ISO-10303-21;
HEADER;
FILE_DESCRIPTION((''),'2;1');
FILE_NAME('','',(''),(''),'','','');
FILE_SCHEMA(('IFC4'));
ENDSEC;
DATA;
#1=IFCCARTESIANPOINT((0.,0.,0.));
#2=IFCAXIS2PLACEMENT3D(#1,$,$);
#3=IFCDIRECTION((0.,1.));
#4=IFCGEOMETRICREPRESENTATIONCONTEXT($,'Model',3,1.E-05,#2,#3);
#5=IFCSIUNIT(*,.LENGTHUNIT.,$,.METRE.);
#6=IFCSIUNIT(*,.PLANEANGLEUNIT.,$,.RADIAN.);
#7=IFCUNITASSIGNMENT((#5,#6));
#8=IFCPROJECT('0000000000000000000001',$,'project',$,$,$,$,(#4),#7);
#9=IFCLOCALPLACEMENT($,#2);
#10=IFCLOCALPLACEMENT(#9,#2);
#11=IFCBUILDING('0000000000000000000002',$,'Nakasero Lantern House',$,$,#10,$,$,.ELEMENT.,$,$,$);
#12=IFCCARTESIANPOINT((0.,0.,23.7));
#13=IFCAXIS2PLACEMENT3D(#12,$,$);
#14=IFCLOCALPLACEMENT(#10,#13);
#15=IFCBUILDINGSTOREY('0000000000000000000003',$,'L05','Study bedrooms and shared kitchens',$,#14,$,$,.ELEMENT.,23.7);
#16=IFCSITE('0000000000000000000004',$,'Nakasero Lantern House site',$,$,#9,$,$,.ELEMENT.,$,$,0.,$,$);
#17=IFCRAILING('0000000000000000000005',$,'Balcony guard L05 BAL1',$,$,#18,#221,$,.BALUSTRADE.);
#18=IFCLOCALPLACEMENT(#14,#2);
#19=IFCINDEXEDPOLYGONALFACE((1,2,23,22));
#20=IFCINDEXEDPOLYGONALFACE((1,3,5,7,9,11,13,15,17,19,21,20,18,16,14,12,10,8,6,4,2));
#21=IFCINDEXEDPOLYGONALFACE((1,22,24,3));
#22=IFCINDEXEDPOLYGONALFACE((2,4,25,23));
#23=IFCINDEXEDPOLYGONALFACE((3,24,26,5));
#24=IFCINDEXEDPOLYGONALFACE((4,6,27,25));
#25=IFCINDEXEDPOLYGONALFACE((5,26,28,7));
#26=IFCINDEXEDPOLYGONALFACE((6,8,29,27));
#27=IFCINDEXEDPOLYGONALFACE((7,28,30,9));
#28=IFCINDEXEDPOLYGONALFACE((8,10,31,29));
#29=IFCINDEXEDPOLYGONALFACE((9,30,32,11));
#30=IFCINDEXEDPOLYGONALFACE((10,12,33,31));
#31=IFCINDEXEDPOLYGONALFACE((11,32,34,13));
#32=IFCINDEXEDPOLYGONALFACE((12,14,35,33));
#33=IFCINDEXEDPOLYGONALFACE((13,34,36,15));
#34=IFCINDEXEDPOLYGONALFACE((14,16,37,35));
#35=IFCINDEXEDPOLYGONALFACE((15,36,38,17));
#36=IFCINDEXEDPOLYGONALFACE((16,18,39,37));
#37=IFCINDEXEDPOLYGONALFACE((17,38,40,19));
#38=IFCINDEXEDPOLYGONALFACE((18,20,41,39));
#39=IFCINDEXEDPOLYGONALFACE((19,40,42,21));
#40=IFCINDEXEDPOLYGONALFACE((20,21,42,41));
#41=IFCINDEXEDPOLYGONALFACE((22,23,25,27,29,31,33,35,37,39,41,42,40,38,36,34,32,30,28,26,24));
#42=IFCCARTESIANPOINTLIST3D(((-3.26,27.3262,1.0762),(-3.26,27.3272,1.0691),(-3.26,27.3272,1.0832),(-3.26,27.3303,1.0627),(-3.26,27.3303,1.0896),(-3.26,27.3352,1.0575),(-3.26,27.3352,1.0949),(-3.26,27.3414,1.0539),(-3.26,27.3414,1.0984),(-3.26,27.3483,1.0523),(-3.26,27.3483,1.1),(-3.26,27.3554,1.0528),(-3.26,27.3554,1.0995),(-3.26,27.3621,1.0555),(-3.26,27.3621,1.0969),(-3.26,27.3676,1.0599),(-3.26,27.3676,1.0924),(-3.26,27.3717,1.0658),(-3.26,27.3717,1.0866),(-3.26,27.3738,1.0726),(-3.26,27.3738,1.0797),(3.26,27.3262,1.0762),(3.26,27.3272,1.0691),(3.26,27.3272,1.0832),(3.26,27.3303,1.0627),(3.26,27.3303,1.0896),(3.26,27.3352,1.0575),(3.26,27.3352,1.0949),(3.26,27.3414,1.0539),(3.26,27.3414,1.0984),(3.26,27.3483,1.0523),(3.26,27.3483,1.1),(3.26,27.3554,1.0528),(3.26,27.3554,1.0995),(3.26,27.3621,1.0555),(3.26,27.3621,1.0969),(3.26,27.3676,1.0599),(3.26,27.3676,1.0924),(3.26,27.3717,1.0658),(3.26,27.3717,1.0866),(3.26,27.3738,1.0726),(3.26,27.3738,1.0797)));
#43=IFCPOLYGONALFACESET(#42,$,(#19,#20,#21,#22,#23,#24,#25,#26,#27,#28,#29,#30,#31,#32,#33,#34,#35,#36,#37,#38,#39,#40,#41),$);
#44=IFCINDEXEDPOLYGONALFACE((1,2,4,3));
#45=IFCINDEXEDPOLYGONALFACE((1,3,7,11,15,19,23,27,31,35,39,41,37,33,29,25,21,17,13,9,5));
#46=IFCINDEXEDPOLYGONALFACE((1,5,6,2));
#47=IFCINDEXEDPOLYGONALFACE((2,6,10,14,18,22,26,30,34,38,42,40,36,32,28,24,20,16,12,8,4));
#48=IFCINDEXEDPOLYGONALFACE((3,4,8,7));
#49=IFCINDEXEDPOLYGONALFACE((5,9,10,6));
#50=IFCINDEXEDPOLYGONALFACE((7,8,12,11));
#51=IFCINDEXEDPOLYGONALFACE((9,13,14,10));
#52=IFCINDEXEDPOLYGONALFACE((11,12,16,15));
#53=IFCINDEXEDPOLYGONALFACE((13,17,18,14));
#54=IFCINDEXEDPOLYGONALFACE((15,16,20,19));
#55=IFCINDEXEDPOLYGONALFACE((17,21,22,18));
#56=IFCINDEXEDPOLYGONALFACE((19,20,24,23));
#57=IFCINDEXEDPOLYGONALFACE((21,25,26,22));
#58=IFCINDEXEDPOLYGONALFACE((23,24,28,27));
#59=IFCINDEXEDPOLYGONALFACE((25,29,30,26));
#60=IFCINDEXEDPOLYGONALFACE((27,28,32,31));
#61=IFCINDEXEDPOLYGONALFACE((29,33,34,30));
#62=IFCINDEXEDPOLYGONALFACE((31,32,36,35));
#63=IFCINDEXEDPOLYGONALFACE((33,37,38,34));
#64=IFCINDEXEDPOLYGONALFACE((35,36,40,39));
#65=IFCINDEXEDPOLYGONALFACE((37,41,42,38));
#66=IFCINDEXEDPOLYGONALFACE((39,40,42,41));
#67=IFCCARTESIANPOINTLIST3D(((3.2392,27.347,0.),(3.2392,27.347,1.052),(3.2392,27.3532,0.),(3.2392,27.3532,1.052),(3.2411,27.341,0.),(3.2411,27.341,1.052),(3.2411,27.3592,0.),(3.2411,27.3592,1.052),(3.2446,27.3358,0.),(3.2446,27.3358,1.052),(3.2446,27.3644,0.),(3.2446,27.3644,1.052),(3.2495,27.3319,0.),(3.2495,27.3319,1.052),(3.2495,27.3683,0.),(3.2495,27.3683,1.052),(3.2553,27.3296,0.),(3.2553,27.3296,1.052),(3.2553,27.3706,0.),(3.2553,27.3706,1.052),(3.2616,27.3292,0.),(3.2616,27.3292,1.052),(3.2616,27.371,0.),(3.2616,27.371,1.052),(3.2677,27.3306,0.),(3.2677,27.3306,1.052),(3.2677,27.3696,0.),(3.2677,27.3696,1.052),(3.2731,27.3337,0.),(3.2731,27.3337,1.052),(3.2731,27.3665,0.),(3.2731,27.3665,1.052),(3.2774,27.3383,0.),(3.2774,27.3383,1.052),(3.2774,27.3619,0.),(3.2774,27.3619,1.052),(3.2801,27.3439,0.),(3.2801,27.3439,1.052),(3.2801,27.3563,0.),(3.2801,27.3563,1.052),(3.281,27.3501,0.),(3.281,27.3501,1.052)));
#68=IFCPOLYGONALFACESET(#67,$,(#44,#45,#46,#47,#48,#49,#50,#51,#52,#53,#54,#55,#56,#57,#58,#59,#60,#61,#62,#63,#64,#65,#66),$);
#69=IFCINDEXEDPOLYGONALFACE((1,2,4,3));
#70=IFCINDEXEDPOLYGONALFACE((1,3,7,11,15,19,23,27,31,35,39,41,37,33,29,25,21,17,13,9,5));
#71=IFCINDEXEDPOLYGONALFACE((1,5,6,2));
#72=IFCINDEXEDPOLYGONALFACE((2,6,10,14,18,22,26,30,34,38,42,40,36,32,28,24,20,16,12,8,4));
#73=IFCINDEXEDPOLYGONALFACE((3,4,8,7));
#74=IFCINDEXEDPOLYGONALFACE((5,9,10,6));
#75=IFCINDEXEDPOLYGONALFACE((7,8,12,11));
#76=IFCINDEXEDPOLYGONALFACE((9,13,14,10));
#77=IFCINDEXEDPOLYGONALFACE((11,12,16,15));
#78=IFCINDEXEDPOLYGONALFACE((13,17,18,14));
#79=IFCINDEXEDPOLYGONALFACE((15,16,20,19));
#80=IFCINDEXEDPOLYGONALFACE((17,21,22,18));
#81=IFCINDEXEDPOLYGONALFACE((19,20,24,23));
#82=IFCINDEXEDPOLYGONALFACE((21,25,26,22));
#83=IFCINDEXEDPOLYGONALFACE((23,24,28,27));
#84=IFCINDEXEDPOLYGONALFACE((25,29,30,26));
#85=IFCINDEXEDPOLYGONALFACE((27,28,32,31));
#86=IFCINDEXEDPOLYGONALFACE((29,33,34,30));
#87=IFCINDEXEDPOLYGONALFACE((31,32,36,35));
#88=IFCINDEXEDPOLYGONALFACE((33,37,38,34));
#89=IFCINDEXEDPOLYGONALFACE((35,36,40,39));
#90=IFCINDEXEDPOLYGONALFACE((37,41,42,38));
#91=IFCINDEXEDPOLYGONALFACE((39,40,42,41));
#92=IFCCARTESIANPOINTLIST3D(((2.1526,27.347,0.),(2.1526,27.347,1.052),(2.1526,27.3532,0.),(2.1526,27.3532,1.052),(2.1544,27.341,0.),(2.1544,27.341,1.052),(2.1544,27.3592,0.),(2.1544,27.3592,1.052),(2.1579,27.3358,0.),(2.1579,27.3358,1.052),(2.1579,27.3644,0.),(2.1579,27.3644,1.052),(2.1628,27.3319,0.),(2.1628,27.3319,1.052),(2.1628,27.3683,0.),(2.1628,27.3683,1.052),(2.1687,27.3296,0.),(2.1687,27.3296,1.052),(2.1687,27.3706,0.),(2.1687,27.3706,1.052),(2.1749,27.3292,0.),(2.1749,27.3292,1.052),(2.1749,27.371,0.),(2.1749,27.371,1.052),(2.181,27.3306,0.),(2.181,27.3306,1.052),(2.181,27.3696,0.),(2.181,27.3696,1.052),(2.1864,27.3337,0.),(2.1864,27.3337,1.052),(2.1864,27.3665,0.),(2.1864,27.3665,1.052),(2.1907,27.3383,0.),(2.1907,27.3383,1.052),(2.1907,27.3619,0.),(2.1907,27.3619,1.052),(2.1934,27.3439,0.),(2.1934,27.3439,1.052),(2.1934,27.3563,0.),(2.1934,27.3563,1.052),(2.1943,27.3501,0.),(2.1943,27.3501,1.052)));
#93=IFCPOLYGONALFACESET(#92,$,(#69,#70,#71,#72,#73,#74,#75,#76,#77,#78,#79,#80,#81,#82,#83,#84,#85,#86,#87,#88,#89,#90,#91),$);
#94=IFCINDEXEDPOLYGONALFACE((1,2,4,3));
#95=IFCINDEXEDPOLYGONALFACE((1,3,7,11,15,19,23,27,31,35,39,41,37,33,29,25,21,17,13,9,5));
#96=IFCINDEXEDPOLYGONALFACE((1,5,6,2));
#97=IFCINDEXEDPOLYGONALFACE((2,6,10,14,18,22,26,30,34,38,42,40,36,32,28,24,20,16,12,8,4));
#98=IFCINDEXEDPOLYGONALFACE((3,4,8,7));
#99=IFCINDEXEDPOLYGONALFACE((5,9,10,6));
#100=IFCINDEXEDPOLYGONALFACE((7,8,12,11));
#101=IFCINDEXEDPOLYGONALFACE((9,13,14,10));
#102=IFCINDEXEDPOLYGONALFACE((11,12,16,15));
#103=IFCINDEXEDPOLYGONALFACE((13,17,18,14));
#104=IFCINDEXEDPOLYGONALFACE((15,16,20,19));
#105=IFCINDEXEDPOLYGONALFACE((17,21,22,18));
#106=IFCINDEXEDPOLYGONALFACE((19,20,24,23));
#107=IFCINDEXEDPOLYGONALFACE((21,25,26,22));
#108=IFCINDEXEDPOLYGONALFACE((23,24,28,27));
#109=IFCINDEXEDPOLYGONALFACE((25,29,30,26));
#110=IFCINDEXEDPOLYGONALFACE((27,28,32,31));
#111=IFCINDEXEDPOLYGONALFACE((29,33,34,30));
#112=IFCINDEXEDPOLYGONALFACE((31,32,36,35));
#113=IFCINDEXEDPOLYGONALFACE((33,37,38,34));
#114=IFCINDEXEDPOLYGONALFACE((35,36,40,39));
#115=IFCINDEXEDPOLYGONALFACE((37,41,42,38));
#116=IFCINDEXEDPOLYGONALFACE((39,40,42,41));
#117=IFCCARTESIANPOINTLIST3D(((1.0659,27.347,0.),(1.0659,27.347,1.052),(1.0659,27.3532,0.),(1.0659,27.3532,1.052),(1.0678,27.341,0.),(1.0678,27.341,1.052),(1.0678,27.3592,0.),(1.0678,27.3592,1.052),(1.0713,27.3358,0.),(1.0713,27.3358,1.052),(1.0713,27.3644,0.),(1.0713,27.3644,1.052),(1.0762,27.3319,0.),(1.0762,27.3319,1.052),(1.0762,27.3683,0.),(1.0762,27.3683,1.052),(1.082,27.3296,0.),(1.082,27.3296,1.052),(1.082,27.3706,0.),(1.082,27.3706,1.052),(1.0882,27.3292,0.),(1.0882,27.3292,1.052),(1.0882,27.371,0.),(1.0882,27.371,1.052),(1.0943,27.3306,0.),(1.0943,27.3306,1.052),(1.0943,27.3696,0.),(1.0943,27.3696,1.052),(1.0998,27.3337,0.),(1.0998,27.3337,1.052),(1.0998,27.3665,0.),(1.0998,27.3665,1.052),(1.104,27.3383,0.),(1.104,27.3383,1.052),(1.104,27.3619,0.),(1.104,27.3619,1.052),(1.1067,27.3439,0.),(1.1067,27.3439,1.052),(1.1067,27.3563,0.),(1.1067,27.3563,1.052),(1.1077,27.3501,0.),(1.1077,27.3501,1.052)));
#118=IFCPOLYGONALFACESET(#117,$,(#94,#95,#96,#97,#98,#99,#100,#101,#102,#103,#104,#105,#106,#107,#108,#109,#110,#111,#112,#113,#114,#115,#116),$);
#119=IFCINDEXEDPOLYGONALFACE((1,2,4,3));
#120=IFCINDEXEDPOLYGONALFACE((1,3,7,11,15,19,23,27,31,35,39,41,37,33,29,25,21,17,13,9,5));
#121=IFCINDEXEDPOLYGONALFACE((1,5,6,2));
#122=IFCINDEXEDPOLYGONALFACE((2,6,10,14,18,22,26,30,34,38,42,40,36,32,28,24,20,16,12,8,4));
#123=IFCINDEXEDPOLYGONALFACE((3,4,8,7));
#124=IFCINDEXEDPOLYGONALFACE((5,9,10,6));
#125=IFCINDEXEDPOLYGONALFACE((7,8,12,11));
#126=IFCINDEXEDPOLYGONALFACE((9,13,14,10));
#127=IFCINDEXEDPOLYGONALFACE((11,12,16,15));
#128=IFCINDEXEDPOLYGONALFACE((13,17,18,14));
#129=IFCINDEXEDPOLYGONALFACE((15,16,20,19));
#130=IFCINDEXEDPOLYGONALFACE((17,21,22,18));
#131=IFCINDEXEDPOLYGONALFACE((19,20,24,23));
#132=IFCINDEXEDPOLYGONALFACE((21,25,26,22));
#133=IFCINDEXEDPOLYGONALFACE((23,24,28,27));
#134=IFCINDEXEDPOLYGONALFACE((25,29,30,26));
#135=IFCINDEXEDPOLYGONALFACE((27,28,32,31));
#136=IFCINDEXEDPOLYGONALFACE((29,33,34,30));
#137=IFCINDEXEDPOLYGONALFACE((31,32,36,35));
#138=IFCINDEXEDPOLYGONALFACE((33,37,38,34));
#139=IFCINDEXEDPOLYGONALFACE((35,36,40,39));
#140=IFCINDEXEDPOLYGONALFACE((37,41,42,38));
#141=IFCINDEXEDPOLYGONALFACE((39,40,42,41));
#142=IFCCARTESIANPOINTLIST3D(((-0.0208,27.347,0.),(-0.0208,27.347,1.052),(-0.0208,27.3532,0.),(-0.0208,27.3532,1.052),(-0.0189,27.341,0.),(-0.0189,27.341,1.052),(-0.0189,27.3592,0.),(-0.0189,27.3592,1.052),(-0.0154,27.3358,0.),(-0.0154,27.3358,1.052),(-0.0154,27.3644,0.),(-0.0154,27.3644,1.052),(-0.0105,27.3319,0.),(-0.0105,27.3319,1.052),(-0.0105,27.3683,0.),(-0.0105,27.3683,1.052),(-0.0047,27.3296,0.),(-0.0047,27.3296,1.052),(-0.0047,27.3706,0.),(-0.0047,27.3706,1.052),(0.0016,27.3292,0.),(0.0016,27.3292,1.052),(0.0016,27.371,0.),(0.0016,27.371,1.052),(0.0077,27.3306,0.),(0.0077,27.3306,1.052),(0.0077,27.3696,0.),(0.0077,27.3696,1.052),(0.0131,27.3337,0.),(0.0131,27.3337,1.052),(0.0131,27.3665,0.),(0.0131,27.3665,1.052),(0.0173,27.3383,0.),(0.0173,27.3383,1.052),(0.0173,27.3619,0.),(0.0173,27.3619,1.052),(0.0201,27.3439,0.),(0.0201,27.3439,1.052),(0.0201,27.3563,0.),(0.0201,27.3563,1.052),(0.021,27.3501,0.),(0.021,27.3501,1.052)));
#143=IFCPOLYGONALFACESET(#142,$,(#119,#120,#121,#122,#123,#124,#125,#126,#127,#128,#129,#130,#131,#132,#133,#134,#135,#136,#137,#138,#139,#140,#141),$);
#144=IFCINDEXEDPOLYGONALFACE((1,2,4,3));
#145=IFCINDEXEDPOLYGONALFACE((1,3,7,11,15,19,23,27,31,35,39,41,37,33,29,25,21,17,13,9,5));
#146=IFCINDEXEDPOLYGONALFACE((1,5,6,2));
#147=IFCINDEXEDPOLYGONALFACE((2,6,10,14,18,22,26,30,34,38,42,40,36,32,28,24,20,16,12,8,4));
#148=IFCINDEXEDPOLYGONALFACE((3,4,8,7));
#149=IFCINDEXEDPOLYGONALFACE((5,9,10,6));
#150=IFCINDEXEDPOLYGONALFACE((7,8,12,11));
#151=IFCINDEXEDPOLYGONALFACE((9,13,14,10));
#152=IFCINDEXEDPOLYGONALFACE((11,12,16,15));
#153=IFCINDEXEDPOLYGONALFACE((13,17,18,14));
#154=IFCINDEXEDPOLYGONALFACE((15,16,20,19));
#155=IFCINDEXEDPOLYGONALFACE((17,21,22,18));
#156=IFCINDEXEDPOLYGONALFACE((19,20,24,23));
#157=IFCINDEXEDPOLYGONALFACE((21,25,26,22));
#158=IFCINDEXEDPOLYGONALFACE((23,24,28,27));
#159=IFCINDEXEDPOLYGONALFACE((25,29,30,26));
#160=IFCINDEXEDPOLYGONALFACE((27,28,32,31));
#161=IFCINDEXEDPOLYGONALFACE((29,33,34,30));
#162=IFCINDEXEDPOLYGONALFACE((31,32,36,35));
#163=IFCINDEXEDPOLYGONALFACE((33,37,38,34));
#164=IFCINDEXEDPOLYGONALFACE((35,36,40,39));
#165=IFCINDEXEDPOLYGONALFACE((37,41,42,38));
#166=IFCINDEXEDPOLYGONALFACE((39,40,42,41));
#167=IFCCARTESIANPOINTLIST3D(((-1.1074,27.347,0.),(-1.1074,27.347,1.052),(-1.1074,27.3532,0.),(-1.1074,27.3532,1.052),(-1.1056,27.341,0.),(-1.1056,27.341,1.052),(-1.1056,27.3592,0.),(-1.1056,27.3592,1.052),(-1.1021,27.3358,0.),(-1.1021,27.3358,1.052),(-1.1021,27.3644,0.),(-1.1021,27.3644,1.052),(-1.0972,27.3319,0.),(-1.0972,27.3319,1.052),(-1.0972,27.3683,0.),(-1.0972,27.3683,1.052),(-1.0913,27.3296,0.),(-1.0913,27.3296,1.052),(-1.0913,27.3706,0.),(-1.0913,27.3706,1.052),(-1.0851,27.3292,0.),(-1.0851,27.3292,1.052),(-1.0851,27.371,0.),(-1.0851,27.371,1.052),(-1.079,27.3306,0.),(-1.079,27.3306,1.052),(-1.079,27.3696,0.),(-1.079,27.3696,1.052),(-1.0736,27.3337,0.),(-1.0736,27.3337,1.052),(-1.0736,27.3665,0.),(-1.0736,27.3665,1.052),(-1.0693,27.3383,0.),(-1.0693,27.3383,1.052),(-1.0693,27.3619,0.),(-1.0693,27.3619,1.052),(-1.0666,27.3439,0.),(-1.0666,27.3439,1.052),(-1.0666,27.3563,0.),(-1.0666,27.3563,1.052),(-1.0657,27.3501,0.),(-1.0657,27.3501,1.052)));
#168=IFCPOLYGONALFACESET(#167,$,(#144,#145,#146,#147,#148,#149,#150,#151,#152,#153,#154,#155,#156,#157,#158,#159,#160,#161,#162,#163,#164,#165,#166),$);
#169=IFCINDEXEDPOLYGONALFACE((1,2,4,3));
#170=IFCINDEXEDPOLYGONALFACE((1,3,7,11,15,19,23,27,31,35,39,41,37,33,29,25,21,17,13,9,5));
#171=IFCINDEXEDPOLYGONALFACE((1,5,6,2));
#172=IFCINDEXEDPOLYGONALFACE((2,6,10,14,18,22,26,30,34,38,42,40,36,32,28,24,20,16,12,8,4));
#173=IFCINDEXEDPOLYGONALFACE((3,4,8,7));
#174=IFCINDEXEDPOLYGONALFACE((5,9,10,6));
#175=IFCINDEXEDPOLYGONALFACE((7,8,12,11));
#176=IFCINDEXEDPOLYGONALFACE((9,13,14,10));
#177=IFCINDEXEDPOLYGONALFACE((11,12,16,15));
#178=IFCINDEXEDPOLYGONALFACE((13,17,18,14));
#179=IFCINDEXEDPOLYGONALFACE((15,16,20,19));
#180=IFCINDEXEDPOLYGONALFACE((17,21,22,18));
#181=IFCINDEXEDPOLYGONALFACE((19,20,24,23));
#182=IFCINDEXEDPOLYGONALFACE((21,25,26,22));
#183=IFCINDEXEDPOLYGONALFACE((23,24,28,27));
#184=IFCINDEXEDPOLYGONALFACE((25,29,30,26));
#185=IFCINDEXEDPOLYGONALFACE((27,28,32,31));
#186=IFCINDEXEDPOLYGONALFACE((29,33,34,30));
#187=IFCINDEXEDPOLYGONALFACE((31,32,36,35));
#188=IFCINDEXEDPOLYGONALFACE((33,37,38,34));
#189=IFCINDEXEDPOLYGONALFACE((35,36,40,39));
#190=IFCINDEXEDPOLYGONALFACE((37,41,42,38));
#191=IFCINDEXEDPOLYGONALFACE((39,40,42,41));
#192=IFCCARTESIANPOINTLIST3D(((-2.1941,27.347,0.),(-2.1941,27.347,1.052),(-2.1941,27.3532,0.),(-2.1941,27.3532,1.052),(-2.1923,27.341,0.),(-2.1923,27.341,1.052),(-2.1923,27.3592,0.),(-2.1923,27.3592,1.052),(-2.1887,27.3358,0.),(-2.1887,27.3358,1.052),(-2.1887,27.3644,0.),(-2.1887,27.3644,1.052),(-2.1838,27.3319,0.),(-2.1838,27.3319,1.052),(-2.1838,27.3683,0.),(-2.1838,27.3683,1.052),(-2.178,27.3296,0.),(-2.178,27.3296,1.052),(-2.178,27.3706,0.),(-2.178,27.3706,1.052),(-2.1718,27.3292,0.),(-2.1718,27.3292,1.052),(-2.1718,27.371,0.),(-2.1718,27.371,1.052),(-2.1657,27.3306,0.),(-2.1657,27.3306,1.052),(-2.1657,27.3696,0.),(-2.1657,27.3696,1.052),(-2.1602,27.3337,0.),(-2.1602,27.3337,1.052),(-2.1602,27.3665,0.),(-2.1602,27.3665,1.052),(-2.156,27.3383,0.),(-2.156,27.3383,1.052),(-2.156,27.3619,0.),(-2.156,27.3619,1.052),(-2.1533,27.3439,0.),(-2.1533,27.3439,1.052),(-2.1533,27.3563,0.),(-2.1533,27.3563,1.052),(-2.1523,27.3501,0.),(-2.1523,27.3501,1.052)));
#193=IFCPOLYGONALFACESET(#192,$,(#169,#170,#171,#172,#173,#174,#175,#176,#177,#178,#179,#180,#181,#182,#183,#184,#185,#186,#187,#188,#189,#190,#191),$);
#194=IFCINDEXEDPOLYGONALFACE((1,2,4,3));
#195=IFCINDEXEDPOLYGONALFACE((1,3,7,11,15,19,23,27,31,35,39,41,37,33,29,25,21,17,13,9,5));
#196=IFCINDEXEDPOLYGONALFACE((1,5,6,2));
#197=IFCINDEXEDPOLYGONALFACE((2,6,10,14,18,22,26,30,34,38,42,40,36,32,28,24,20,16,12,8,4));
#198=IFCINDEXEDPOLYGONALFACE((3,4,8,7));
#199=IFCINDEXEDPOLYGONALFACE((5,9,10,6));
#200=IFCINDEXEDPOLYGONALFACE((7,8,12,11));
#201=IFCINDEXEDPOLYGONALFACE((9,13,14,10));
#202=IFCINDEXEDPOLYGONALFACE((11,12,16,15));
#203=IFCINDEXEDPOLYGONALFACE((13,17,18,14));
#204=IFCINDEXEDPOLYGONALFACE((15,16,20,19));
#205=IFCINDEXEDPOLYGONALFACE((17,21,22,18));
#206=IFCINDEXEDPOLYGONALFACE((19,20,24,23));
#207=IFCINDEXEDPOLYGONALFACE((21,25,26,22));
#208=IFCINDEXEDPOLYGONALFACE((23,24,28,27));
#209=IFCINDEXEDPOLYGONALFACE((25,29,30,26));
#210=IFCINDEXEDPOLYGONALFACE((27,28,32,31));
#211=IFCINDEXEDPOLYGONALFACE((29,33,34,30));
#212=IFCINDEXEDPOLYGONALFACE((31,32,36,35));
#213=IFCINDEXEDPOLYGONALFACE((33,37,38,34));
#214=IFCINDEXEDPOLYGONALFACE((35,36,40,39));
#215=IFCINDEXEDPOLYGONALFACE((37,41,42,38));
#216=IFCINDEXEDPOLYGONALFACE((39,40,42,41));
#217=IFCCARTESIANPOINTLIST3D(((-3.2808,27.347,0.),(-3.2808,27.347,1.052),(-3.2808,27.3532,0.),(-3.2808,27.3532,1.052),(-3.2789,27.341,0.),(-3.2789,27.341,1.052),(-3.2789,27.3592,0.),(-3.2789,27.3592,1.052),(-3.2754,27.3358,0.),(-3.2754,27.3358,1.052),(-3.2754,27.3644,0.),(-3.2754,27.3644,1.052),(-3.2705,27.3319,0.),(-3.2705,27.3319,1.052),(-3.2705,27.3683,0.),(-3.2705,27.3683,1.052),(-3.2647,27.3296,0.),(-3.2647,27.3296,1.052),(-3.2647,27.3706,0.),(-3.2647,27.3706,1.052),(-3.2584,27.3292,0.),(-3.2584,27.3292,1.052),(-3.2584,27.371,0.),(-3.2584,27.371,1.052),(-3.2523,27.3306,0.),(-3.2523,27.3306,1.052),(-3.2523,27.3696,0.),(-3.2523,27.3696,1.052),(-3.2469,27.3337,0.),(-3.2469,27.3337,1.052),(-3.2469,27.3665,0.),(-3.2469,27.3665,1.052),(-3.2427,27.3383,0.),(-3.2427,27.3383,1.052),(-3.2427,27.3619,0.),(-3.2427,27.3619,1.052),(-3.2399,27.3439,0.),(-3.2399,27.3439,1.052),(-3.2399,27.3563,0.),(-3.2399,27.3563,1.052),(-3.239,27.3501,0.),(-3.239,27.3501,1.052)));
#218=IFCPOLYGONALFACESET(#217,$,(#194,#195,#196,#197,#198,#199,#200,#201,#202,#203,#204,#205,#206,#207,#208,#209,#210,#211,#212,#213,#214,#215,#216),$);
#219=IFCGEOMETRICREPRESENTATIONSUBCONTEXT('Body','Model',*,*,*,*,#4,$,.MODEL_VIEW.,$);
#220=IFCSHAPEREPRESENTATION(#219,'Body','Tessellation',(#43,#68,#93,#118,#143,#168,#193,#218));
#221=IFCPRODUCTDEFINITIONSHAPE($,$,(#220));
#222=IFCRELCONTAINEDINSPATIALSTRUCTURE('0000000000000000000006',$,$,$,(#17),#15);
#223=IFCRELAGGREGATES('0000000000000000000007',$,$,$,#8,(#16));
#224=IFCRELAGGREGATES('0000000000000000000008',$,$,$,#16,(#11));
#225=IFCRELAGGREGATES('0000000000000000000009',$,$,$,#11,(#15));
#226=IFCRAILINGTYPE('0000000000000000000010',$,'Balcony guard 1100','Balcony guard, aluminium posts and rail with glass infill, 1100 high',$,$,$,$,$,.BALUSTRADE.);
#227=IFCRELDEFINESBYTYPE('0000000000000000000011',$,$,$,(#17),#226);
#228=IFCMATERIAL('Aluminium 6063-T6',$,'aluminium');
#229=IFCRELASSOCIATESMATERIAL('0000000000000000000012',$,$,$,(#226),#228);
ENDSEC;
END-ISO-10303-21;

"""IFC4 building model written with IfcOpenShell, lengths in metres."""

from ifc_helpers import new_model, si_unit, direction, frame, origin, origin_2d, place, context, subcontext, project, spatial, circle, extrude, material, type_object, element, save


model = new_model("IFC4")

# Units and contexts
model_context = context("Model", 3, precision=1e-05, world=origin(), true_north=direction((0.0, 1.0)))
body_context = subcontext(model_context, "Body", "Model", "MODEL_VIEW")
ifc_project = project(units=[si_unit("LENGTHUNIT", "METRE"), si_unit("PLANEANGLEUNIT", "RADIAN")], contexts=[model_context])

# Site, building, storey
site_placement = place(None, origin())
site = spatial("IfcSite", under=ifc_project, at=site_placement, Name="Nakasero Lantern House site", CompositionType="ELEMENT", RefElevation=0.0)
building_placement = place(site_placement, origin())
building = spatial("IfcBuilding", under=site, at=building_placement, Name="Nakasero Lantern House", CompositionType="ELEMENT")
storey_placement = place(building_placement, frame((0.0, 0.0, 23.7)))
storey = spatial("IfcBuildingStorey", under=building, at=storey_placement, Name="L05", Description="Study bedrooms and shared kitchens", CompositionType="ELEMENT", Elevation=23.7)

# Railing
ifc_material_1 = material(Name="Aluminium 6063-T6", Category="aluminium")
railing_type = type_object("IfcRailingType", Name="Balcony guard 1100", Description="Balcony guard, aluminium posts and rail with glass infill, 1100 high", PredefinedType="BALUSTRADE", material=ifc_material_1)
railing_placement = place(storey_placement, frame((3.26, 27.3501, 0.0)))
element("IfcRailing", 1, at=railing_placement, inside=storey, type_object=railing_type, Name="Balcony guard L05 BAL1", PredefinedType="BALUSTRADE", context=body_context, shape_type="SweptSolid", body=[
    extrude(circle(Radius=0.0239, at=origin_2d()), frame((0.0, 0.0, 1.0762), z_axis=(-1.0, 0.0, 0.0), x_axis=(0.0, -1.0, 0.0)), (0.0, 0.0, 1.0), 6.52),
    extrude(circle(Radius=0.021, at=origin_2d()), origin(), (0.0, 0.0, 1.0), 1.052),
    extrude(circle(Radius=0.021, at=origin_2d()), frame((-1.0867, 0.0, 0.0)), (0.0, 0.0, 1.0), 1.052),
    extrude(circle(Radius=0.021, at=origin_2d()), frame((-2.1733, 0.0, 0.0)), (0.0, 0.0, 1.0), 1.052),
    extrude(circle(Radius=0.021, at=origin_2d()), frame((-3.26, 0.0, 0.0)), (0.0, 0.0, 1.0), 1.052),
    extrude(circle(Radius=0.021, at=origin_2d()), frame((-4.3467, 0.0, 0.0)), (0.0, 0.0, 1.0), 1.052),
    extrude(circle(Radius=0.021, at=origin_2d()), frame((-5.4333, 0.0, 0.0)), (0.0, 0.0, 1.0), 1.052),
    extrude(circle(Radius=0.021, at=origin_2d()), frame((-6.52, 0.0, 0.0)), (0.0, 0.0, 1.0), 1.052),
])

save(model, "model.ifc")
